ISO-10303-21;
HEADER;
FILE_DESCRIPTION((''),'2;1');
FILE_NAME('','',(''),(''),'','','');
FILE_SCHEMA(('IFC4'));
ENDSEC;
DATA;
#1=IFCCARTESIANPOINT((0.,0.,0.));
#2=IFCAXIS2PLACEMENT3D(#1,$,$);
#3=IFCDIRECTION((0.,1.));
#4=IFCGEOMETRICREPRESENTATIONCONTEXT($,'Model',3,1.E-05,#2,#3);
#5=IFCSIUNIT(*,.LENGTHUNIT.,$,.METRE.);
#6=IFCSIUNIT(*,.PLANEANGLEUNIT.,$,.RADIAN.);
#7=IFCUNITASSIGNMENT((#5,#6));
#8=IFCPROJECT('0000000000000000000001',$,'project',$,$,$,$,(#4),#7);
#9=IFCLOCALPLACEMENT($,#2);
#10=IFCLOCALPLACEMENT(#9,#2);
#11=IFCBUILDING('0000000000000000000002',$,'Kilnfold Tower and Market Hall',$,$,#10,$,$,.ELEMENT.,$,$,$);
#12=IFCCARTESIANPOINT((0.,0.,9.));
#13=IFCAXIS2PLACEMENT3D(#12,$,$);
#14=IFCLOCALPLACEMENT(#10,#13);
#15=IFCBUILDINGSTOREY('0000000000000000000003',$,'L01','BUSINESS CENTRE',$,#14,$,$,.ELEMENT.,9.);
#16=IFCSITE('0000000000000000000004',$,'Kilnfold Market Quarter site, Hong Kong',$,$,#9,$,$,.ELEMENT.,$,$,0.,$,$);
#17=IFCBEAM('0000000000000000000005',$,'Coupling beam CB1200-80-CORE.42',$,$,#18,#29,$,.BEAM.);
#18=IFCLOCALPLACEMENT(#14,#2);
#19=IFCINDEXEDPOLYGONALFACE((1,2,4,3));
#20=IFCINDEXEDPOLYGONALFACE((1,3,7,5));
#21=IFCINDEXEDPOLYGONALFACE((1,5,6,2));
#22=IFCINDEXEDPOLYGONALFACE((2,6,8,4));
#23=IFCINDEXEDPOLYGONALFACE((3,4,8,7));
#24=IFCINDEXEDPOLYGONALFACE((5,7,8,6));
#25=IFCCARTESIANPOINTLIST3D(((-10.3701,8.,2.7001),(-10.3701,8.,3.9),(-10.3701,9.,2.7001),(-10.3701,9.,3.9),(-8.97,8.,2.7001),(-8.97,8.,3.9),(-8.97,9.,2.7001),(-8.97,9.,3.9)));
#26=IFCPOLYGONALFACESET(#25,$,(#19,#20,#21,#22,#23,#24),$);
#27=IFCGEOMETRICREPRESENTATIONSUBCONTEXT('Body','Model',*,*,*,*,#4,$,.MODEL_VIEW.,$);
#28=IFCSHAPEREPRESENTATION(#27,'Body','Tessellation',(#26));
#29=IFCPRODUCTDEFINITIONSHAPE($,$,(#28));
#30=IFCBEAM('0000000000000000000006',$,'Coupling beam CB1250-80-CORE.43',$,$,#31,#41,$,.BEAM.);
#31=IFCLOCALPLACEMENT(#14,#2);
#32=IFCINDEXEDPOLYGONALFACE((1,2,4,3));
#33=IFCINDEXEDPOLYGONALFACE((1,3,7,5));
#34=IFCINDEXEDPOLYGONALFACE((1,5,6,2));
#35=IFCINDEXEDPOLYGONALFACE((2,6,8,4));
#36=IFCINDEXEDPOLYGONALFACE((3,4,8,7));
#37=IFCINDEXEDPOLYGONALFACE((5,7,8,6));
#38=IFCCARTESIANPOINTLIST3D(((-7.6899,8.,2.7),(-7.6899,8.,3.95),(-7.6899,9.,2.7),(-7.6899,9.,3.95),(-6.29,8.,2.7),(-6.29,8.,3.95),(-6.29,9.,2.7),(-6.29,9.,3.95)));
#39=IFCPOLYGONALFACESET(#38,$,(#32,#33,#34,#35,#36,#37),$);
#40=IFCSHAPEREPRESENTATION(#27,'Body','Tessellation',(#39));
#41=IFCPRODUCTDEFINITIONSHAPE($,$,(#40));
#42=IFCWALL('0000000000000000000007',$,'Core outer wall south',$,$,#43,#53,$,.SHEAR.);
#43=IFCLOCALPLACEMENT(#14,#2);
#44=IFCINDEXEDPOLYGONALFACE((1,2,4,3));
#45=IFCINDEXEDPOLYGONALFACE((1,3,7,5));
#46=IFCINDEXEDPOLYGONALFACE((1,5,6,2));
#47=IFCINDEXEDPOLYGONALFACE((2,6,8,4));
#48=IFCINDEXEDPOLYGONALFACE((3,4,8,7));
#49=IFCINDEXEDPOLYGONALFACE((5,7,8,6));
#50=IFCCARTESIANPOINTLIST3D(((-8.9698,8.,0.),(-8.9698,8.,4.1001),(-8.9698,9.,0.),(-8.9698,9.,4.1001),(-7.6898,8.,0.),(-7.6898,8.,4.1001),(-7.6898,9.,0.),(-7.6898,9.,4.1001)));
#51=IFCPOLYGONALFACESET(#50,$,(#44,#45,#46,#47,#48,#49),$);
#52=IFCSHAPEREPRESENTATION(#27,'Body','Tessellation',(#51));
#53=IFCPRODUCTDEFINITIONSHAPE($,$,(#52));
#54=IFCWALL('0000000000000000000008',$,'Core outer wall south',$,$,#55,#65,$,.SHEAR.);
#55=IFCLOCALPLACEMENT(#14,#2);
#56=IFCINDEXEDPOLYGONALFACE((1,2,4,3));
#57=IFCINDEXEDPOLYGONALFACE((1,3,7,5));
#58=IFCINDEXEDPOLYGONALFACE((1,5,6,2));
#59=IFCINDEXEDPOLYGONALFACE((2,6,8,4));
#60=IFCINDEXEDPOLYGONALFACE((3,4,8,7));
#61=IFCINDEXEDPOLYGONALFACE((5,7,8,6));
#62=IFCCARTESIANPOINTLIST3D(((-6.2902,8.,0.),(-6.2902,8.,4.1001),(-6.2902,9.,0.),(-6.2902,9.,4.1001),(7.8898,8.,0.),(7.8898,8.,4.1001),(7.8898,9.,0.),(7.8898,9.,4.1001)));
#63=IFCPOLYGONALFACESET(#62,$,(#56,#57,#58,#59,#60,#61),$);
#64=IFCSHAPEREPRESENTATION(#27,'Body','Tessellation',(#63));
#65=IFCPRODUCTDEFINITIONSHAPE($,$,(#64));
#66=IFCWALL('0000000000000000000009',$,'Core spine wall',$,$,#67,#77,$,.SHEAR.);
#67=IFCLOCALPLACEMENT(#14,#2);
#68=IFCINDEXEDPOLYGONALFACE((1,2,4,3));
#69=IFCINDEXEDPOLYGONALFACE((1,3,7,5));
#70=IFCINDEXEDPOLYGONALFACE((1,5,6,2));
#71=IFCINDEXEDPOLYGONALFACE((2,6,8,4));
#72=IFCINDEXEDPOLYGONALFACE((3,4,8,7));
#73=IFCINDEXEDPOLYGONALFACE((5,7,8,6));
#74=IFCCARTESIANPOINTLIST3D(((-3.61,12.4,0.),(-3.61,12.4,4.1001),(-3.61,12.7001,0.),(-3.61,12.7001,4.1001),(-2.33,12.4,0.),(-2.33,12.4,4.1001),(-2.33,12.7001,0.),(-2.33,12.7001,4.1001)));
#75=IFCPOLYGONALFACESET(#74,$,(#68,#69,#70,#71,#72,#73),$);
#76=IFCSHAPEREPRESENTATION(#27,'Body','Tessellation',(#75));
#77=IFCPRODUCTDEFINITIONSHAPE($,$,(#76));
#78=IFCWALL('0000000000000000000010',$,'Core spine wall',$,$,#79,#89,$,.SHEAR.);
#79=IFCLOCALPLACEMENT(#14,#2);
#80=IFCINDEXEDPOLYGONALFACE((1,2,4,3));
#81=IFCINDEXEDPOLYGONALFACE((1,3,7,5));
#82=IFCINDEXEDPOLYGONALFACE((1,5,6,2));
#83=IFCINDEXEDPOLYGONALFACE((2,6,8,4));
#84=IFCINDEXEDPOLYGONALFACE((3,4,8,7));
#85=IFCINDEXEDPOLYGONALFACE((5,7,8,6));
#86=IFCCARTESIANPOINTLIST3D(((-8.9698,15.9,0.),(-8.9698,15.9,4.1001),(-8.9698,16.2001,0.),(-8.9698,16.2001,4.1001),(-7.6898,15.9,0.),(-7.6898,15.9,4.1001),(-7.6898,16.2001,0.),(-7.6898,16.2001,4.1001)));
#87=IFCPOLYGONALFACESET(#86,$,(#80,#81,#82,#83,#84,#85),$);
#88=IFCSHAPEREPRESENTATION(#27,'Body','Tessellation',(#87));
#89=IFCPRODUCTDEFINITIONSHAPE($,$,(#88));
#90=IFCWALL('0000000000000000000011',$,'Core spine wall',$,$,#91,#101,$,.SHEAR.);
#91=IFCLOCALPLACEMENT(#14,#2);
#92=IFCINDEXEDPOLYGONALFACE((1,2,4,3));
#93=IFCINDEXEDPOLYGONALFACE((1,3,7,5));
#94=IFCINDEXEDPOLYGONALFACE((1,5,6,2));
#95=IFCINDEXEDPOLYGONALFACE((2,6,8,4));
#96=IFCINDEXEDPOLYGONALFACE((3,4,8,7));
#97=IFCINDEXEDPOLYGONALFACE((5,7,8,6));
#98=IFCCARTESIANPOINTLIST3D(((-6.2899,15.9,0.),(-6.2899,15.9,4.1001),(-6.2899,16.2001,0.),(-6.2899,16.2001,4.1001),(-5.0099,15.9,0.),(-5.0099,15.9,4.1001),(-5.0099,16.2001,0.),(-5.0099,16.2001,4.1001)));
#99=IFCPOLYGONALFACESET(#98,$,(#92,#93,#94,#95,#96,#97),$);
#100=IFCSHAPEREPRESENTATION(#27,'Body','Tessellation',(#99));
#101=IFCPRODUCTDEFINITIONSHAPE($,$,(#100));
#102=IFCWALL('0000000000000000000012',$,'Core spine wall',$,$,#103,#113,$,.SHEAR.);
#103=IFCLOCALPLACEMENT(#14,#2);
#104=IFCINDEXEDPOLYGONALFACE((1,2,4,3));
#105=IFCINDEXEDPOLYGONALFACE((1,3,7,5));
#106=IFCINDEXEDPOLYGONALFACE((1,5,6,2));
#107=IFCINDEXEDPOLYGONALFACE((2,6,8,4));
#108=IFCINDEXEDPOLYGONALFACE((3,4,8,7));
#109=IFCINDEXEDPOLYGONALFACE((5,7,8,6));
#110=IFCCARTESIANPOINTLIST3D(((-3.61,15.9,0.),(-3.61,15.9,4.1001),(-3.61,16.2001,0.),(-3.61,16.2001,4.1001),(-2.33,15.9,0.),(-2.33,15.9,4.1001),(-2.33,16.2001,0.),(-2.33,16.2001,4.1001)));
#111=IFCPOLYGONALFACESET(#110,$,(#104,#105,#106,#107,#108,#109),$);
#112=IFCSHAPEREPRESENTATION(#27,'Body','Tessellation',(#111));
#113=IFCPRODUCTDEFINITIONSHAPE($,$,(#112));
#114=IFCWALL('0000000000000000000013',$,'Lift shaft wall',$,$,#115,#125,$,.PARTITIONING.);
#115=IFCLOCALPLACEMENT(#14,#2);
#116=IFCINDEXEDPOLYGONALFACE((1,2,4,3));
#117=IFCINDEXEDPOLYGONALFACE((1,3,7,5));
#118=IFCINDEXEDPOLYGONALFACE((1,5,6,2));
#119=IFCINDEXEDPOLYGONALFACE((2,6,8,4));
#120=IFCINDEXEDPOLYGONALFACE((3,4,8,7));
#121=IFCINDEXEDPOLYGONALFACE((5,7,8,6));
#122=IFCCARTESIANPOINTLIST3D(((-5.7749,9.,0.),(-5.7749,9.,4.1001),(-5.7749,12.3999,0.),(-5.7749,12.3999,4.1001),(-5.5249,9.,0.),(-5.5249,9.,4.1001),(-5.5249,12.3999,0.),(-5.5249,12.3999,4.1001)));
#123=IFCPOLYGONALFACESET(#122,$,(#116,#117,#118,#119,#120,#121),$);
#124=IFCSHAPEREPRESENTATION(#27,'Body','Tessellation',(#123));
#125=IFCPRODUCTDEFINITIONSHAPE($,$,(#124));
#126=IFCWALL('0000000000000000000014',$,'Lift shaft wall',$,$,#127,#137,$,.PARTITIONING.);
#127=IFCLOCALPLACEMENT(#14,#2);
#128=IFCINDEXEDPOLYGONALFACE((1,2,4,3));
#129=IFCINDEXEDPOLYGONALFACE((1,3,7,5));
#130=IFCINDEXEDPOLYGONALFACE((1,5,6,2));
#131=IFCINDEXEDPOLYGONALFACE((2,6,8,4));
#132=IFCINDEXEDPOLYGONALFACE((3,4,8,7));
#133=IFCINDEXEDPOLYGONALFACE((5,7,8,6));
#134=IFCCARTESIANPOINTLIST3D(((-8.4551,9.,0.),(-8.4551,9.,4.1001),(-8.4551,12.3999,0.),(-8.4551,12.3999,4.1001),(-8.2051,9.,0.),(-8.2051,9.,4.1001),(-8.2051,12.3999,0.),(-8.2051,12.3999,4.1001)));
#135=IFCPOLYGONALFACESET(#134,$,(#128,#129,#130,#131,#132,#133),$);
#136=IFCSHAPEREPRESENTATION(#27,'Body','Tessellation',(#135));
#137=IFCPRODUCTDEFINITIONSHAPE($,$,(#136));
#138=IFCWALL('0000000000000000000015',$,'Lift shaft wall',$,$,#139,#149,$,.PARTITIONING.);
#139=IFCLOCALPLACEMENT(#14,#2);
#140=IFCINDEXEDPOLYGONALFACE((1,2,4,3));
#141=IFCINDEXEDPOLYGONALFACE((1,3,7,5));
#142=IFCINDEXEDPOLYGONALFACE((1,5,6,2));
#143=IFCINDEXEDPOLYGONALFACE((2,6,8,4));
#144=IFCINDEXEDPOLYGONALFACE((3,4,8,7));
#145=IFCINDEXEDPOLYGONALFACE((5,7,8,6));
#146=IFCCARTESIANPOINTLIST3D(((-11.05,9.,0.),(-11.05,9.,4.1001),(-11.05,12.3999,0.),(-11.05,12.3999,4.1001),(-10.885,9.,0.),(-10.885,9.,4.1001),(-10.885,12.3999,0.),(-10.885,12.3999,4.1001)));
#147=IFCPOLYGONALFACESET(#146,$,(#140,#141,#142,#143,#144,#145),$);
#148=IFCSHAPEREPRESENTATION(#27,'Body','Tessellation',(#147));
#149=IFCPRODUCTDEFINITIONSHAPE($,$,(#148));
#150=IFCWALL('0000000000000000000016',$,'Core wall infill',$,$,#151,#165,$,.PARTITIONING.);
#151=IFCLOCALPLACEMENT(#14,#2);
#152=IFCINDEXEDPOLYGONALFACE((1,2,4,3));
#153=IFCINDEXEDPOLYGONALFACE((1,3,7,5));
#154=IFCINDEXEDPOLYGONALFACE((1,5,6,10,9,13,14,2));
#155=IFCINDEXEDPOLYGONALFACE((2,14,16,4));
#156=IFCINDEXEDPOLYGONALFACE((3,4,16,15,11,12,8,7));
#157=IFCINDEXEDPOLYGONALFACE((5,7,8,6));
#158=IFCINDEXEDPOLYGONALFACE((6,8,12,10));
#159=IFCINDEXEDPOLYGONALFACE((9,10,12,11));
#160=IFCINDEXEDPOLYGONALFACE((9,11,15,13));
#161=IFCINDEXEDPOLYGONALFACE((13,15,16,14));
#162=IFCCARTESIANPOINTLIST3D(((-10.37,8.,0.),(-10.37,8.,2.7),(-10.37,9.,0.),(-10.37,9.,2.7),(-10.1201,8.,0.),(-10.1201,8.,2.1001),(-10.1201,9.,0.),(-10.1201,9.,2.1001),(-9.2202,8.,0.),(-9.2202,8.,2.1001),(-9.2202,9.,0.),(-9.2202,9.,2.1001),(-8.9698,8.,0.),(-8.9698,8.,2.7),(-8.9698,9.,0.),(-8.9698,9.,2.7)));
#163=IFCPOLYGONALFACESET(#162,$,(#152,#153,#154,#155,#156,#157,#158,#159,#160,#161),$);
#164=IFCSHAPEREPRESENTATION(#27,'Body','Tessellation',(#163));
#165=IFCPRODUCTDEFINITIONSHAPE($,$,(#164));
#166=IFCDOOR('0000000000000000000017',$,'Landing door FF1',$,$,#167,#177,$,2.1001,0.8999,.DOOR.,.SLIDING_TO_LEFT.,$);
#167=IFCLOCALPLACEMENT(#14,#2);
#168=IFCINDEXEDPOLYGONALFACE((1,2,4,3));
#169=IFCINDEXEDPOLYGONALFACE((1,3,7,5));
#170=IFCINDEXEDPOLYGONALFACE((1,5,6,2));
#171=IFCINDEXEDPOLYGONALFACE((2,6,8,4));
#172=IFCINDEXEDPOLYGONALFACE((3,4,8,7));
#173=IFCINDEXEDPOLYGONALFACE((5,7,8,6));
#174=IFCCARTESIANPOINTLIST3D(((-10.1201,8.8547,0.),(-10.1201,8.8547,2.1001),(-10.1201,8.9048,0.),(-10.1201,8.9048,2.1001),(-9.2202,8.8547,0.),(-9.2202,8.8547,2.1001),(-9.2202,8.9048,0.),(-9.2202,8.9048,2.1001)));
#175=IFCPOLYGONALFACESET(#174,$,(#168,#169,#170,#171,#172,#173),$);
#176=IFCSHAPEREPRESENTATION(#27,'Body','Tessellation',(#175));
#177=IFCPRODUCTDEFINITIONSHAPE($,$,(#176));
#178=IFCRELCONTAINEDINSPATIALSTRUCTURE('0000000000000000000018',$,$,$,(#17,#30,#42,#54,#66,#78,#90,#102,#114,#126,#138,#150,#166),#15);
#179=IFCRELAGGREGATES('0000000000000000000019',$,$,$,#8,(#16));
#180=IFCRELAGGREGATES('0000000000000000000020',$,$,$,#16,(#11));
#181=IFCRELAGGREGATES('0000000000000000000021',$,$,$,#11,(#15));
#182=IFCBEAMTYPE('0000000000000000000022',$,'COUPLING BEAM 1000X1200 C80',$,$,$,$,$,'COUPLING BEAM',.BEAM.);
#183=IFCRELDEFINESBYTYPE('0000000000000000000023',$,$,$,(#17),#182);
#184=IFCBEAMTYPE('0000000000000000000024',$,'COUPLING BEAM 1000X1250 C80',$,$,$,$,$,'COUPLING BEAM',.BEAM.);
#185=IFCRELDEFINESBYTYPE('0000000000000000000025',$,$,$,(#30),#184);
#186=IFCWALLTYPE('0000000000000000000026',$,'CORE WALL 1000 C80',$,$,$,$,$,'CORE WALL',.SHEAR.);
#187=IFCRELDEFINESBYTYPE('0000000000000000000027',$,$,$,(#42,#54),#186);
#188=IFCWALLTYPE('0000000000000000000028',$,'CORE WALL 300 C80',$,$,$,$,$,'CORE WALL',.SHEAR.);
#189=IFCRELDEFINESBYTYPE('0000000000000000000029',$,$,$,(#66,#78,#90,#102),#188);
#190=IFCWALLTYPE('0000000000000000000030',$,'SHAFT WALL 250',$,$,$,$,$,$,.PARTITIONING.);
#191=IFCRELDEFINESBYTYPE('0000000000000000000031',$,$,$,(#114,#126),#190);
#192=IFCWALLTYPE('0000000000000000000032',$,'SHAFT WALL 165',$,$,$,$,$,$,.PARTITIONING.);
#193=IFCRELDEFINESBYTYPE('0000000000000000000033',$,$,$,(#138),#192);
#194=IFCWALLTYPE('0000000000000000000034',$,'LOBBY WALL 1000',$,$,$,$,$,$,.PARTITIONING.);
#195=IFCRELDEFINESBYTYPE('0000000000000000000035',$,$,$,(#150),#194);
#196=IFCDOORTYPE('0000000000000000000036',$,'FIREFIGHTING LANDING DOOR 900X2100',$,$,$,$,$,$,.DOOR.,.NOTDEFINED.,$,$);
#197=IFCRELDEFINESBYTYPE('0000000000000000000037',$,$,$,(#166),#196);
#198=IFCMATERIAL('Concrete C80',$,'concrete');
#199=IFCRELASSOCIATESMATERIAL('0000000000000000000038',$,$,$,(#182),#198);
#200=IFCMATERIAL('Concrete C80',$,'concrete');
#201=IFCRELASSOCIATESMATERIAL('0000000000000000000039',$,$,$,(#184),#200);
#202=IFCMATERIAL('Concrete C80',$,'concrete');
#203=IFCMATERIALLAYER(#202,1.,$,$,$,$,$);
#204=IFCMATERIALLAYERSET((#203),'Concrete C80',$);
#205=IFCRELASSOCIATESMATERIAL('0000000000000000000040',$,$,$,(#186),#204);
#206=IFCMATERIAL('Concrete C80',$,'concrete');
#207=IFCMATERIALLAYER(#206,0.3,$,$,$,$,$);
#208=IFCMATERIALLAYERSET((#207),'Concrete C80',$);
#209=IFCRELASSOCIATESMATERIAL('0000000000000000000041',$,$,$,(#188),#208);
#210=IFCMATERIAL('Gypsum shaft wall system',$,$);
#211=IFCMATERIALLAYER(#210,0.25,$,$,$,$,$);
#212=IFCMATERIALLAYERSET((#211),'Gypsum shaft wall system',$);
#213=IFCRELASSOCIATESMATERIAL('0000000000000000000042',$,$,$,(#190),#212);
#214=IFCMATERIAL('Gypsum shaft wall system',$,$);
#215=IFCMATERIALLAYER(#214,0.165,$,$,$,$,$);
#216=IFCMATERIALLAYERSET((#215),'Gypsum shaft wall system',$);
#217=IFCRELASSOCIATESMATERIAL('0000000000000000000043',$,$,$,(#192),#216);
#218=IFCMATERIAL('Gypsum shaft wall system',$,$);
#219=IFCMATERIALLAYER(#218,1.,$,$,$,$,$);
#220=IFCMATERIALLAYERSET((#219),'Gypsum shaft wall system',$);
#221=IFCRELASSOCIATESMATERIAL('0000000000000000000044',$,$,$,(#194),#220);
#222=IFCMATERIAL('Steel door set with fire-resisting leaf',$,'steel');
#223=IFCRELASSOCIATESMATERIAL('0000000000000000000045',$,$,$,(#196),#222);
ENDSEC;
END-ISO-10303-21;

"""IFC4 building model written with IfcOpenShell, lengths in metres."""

from ifc_helpers import new_model, si_unit, direction, frame, frame_2d, origin, origin_2d, place, context, subcontext, project, spatial, rectangle, extrude, source, transform, mapped, material, layer, layer_set, material_profile, profile_set, type_object, element, fill, save


model = new_model("IFC4")

# Units and contexts
model_context = context("Model", 3, precision=1e-05, world=origin(), true_north=direction((0.0, 1.0)))
body_context = subcontext(model_context, "Body", "Model", "MODEL_VIEW")
ifc_project = project(units=[si_unit("LENGTHUNIT", "METRE"), si_unit("PLANEANGLEUNIT", "RADIAN")], contexts=[model_context])

# Site, building, storey
site_placement = place(None, origin())
site = spatial("IfcSite", under=ifc_project, at=site_placement, Name="Kilnfold Market Quarter site, Hong Kong", CompositionType="ELEMENT", RefElevation=0.0)
building_placement = place(site_placement, origin())
building = spatial("IfcBuilding", under=site, at=building_placement, Name="Kilnfold Tower and Market Hall", CompositionType="ELEMENT")
storey_placement = place(building_placement, frame((0.0, 0.0, 9.0)))
storey = spatial("IfcBuildingStorey", under=building, at=storey_placement, Name="L01", Description="BUSINESS CENTRE", CompositionType="ELEMENT", Elevation=9.0)

# Beams
ifc_material_1 = material(Name="Concrete C80", Category="concrete")
ifc_material_profile_1 = material_profile(ifc_material_1, rectangle(XDim=1.0, YDim=1.2, at=origin_2d()), Name="RC 1000x1200")
ifc_profile_set_1 = profile_set([ifc_material_profile_1], Name="Concrete C80")
beam_type_1 = type_object("IfcBeamType", Name="COUPLING BEAM 1000X1200 C80", ElementType="COUPLING BEAM", PredefinedType="BEAM", material=ifc_profile_set_1)
shared_shape_1 = source(origin(), body_context, "Body", "SweptSolid", [
    extrude(rectangle(XDim=1.0, YDim=1.2, at=origin_2d()), origin(), (0.0, 0.0, 1.0), 1.4001),
])
beam_1_placement = place(storey_placement, frame((-10.3701, 8.5, 3.3), z_axis=(1.0, 0.0, 0.0), x_axis=(0.0, 1.0, 0.0)))
element("IfcBeam", 1, at=beam_1_placement, inside=storey, type_object=beam_type_1, Name="Coupling beam CB1200-80-CORE.42", PredefinedType="BEAM", context=body_context, shape_type="MappedRepresentation", body=[
    mapped(shared_shape_1, transform((0.0, 0.0, 0.0))),
])
ifc_material_2 = material(Name="Concrete C80", Category="concrete")
ifc_material_profile_2 = material_profile(ifc_material_2, rectangle(XDim=1.0, YDim=1.25, at=origin_2d()), Name="RC 1000x1250")
ifc_profile_set_2 = profile_set([ifc_material_profile_2], Name="Concrete C80")
beam_type_2 = type_object("IfcBeamType", Name="COUPLING BEAM 1000X1250 C80", ElementType="COUPLING BEAM", PredefinedType="BEAM", material=ifc_profile_set_2)
shared_shape_2 = source(origin(), body_context, "Body", "SweptSolid", [
    extrude(rectangle(XDim=1.0, YDim=1.25, at=origin_2d()), origin(), (0.0, 0.0, 1.0), 1.3999),
])
beam_2_placement = place(storey_placement, frame((-7.6899, 8.5, 3.325), z_axis=(1.0, 0.0, 0.0), x_axis=(0.0, 1.0, 0.0)))
element("IfcBeam", 2, at=beam_2_placement, inside=storey, type_object=beam_type_2, Name="Coupling beam CB1250-80-CORE.43", PredefinedType="BEAM", context=body_context, shape_type="MappedRepresentation", body=[
    mapped(shared_shape_2, transform((0.0, 0.0, 0.0))),
])

# Walls
ifc_material_3 = material(Name="Concrete C80", Category="concrete")
ifc_layer_1 = layer(ifc_material_3, 1.0)
ifc_layer_set_1 = layer_set([ifc_layer_1], Name="Concrete C80")
wall_type_1 = type_object("IfcWallType", Name="CORE WALL 1000 C80", ElementType="CORE WALL", PredefinedType="SHEAR", material=ifc_layer_set_1)
shared_shape_3 = source(origin(), body_context, "Body", "SweptSolid", [
    extrude(rectangle(XDim=1.28, YDim=1.0, at=frame_2d((0.6401, 0.0))), origin(), (0.0, 0.0, 1.0), 4.1001),
])
wall_1_placement = place(storey_placement, frame((-8.97, 8.5, 0.0), z_axis=(0.0, 0.0, 1.0), x_axis=(1.0, 0.0, 0.0)))
element("IfcWall", 3, at=wall_1_placement, inside=storey, type_object=wall_type_1, Name="Core outer wall south", PredefinedType="SHEAR", context=body_context, shape_type="MappedRepresentation", body=[
    mapped(shared_shape_3, transform((0.0, 0.0, 0.0))),
])
shared_shape_4 = source(origin(), body_context, "Body", "SweptSolid", [
    extrude(rectangle(XDim=14.1799, YDim=1.0, at=frame_2d((7.0898, 0.0))), origin(), (0.0, 0.0, 1.0), 4.1001),
])
wall_2_placement = place(storey_placement, frame((-6.29, 8.5, 0.0), z_axis=(0.0, 0.0, 1.0), x_axis=(1.0, 0.0, 0.0)))
element("IfcWall", 4, at=wall_2_placement, inside=storey, type_object=wall_type_1, Name="Core outer wall south", PredefinedType="SHEAR", context=body_context, shape_type="MappedRepresentation", body=[
    mapped(shared_shape_4, transform((0.0, 0.0, 0.0))),
])
ifc_material_4 = material(Name="Concrete C80", Category="concrete")
ifc_layer_2 = layer(ifc_material_4, 0.3)
ifc_layer_set_2 = layer_set([ifc_layer_2], Name="Concrete C80")
wall_type_2 = type_object("IfcWallType", Name="CORE WALL 300 C80", ElementType="CORE WALL", PredefinedType="SHEAR", material=ifc_layer_set_2)
shared_shape_5 = source(origin(), body_context, "Body", "SweptSolid", [
    extrude(rectangle(XDim=1.28, YDim=0.3, at=frame_2d((0.6401, 0.0))), origin(), (0.0, 0.0, 1.0), 4.1001),
])
for number, where, z_axis, x_axis, name in (
    (5, (-3.6101, 12.55, 0.0), (0.0, 0.0, 1.0), (1.0, 0.0, 0.0), "Core spine wall"),
    (6, (-8.97, 16.05, 0.0), (0.0, 0.0, 1.0), (1.0, 0.0, 0.0), "Core spine wall"),
    (7, (-6.29, 16.05, 0.0), (0.0, 0.0, 1.0), (1.0, 0.0, 0.0), "Core spine wall"),
    (8, (-3.6101, 16.05, 0.0), (0.0, 0.0, 1.0), (1.0, 0.0, 0.0), "Core spine wall"),
):
    element("IfcWall", number, at=place(storey_placement, frame(where, z_axis=z_axis, x_axis=x_axis)), inside=storey, type_object=wall_type_2, Name=name, PredefinedType="SHEAR", context=body_context, shape_type="MappedRepresentation", body=[
        mapped(shared_shape_5, transform((0.0, 0.0, 0.0))),
    ])
ifc_material_5 = material(Name="Gypsum shaft wall system")
ifc_layer_3 = layer(ifc_material_5, 0.25)
ifc_layer_set_3 = layer_set([ifc_layer_3], Name="Gypsum shaft wall system")
wall_type_3 = type_object("IfcWallType", Name="SHAFT WALL 250", PredefinedType="PARTITIONING", material=ifc_layer_set_3)
shared_shape_6 = source(origin(), body_context, "Body", "SweptSolid", [
    extrude(rectangle(XDim=3.3999, YDim=0.25, at=frame_2d((1.7, 0.0))), origin(), (0.0, 0.0, 1.0), 4.1001),
])
for number, where, z_axis, x_axis, name in (
    (9, (-5.6499, 9.0, 0.0), (0.0, 0.0, 1.0), (0.0, 1.0, 0.0), "Lift shaft wall"),
    (10, (-8.3301, 9.0, 0.0), (0.0, 0.0, 1.0), (0.0, 1.0, 0.0), "Lift shaft wall"),
):
    element("IfcWall", number, at=place(storey_placement, frame(where, z_axis=z_axis, x_axis=x_axis)), inside=storey, type_object=wall_type_3, Name=name, PredefinedType="PARTITIONING", context=body_context, shape_type="MappedRepresentation", body=[
        mapped(shared_shape_6, transform((0.0, 0.0, 0.0))),
    ])
ifc_material_6 = material(Name="Gypsum shaft wall system")
ifc_layer_4 = layer(ifc_material_6, 0.165)
ifc_layer_set_4 = layer_set([ifc_layer_4], Name="Gypsum shaft wall system")
wall_type_4 = type_object("IfcWallType", Name="SHAFT WALL 165", PredefinedType="PARTITIONING", material=ifc_layer_set_4)
shared_shape_7 = source(origin(), body_context, "Body", "SweptSolid", [
    extrude(rectangle(XDim=3.3999, YDim=0.165, at=frame_2d((1.7, 0.0))), origin(), (0.0, 0.0, 1.0), 4.1001),
])
wall_3_placement = place(storey_placement, frame((-10.9675, 9.0, 0.0), z_axis=(0.0, 0.0, 1.0), x_axis=(0.0, 1.0, 0.0)))
element("IfcWall", 11, at=wall_3_placement, inside=storey, type_object=wall_type_4, Name="Lift shaft wall", PredefinedType="PARTITIONING", context=body_context, shape_type="MappedRepresentation", body=[
    mapped(shared_shape_7, transform((0.0, 0.0, 0.0))),
])

# Wall, opening, door
ifc_material_7 = material(Name="Gypsum shaft wall system")
ifc_layer_5 = layer(ifc_material_7, 1.0)
ifc_layer_set_5 = layer_set([ifc_layer_5], Name="Gypsum shaft wall system")
wall_type_5 = type_object("IfcWallType", Name="LOBBY WALL 1000", PredefinedType="PARTITIONING", material=ifc_layer_set_5)
shared_shape_8 = source(origin(), body_context, "Body", "SweptSolid", [
    extrude(rectangle(XDim=1.4001, YDim=1.0, at=frame_2d((0.7002, 0.0))), origin(), (0.0, 0.0, 1.0), 2.7),
])
wall_4_placement = place(storey_placement, frame((-10.3701, 8.5, 0.0), z_axis=(0.0, 0.0, 1.0), x_axis=(1.0, 0.0, 0.0)))
wall_4 = element("IfcWall", 12, at=wall_4_placement, inside=storey, type_object=wall_type_5, Name="Core wall infill", PredefinedType="PARTITIONING", context=body_context, shape_type="MappedRepresentation", body=[
    mapped(shared_shape_8, transform((0.0, 0.0, 0.0))),
])
opening_1_placement = place(wall_4_placement, frame((0.25, 0.0, 0.0)))
opening_1 = element("IfcOpeningElement", 13, at=opening_1_placement, cuts=wall_4, PredefinedType="OPENING", context=body_context, shape_type="SweptSolid", body=[
    extrude(rectangle(XDim=0.8999, YDim=2.1001, at=frame_2d((0.45, 1.05))), frame((0.0, 0.51, 0.0), z_axis=(0.0, -1.0, 0.0), x_axis=(1.0, 0.0, 0.0)), (0.0, 0.0, 1.0), 1.02),
])
ifc_material_8 = material(Name="Steel door set with fire-resisting leaf", Category="steel")
door_type_1 = type_object("IfcDoorType", Name="FIREFIGHTING LANDING DOOR 900X2100", OperationType="NOTDEFINED", PredefinedType="DOOR", material=ifc_material_8)
door_1_placement = place(opening_1_placement, origin())
door_1 = element("IfcDoor", 14, at=door_1_placement, inside=storey, type_object=door_type_1, Name="Landing door FF1", OperationType="SLIDING_TO_LEFT", OverallHeight=2.1001, OverallWidth=0.8999, PredefinedType="DOOR", context=body_context, shape_type="SweptSolid", body=[
    extrude(rectangle(XDim=0.8999, YDim=2.1001, at=frame_2d((0.45, 1.05))), frame((0.0, 0.4048, 0.0), z_axis=(0.0, -1.0, 0.0), x_axis=(1.0, 0.0, 0.0)), (0.0, 0.0, 1.0), 0.05),
])
fill(opening_1, door_1)

save(model, "model.ifc")
